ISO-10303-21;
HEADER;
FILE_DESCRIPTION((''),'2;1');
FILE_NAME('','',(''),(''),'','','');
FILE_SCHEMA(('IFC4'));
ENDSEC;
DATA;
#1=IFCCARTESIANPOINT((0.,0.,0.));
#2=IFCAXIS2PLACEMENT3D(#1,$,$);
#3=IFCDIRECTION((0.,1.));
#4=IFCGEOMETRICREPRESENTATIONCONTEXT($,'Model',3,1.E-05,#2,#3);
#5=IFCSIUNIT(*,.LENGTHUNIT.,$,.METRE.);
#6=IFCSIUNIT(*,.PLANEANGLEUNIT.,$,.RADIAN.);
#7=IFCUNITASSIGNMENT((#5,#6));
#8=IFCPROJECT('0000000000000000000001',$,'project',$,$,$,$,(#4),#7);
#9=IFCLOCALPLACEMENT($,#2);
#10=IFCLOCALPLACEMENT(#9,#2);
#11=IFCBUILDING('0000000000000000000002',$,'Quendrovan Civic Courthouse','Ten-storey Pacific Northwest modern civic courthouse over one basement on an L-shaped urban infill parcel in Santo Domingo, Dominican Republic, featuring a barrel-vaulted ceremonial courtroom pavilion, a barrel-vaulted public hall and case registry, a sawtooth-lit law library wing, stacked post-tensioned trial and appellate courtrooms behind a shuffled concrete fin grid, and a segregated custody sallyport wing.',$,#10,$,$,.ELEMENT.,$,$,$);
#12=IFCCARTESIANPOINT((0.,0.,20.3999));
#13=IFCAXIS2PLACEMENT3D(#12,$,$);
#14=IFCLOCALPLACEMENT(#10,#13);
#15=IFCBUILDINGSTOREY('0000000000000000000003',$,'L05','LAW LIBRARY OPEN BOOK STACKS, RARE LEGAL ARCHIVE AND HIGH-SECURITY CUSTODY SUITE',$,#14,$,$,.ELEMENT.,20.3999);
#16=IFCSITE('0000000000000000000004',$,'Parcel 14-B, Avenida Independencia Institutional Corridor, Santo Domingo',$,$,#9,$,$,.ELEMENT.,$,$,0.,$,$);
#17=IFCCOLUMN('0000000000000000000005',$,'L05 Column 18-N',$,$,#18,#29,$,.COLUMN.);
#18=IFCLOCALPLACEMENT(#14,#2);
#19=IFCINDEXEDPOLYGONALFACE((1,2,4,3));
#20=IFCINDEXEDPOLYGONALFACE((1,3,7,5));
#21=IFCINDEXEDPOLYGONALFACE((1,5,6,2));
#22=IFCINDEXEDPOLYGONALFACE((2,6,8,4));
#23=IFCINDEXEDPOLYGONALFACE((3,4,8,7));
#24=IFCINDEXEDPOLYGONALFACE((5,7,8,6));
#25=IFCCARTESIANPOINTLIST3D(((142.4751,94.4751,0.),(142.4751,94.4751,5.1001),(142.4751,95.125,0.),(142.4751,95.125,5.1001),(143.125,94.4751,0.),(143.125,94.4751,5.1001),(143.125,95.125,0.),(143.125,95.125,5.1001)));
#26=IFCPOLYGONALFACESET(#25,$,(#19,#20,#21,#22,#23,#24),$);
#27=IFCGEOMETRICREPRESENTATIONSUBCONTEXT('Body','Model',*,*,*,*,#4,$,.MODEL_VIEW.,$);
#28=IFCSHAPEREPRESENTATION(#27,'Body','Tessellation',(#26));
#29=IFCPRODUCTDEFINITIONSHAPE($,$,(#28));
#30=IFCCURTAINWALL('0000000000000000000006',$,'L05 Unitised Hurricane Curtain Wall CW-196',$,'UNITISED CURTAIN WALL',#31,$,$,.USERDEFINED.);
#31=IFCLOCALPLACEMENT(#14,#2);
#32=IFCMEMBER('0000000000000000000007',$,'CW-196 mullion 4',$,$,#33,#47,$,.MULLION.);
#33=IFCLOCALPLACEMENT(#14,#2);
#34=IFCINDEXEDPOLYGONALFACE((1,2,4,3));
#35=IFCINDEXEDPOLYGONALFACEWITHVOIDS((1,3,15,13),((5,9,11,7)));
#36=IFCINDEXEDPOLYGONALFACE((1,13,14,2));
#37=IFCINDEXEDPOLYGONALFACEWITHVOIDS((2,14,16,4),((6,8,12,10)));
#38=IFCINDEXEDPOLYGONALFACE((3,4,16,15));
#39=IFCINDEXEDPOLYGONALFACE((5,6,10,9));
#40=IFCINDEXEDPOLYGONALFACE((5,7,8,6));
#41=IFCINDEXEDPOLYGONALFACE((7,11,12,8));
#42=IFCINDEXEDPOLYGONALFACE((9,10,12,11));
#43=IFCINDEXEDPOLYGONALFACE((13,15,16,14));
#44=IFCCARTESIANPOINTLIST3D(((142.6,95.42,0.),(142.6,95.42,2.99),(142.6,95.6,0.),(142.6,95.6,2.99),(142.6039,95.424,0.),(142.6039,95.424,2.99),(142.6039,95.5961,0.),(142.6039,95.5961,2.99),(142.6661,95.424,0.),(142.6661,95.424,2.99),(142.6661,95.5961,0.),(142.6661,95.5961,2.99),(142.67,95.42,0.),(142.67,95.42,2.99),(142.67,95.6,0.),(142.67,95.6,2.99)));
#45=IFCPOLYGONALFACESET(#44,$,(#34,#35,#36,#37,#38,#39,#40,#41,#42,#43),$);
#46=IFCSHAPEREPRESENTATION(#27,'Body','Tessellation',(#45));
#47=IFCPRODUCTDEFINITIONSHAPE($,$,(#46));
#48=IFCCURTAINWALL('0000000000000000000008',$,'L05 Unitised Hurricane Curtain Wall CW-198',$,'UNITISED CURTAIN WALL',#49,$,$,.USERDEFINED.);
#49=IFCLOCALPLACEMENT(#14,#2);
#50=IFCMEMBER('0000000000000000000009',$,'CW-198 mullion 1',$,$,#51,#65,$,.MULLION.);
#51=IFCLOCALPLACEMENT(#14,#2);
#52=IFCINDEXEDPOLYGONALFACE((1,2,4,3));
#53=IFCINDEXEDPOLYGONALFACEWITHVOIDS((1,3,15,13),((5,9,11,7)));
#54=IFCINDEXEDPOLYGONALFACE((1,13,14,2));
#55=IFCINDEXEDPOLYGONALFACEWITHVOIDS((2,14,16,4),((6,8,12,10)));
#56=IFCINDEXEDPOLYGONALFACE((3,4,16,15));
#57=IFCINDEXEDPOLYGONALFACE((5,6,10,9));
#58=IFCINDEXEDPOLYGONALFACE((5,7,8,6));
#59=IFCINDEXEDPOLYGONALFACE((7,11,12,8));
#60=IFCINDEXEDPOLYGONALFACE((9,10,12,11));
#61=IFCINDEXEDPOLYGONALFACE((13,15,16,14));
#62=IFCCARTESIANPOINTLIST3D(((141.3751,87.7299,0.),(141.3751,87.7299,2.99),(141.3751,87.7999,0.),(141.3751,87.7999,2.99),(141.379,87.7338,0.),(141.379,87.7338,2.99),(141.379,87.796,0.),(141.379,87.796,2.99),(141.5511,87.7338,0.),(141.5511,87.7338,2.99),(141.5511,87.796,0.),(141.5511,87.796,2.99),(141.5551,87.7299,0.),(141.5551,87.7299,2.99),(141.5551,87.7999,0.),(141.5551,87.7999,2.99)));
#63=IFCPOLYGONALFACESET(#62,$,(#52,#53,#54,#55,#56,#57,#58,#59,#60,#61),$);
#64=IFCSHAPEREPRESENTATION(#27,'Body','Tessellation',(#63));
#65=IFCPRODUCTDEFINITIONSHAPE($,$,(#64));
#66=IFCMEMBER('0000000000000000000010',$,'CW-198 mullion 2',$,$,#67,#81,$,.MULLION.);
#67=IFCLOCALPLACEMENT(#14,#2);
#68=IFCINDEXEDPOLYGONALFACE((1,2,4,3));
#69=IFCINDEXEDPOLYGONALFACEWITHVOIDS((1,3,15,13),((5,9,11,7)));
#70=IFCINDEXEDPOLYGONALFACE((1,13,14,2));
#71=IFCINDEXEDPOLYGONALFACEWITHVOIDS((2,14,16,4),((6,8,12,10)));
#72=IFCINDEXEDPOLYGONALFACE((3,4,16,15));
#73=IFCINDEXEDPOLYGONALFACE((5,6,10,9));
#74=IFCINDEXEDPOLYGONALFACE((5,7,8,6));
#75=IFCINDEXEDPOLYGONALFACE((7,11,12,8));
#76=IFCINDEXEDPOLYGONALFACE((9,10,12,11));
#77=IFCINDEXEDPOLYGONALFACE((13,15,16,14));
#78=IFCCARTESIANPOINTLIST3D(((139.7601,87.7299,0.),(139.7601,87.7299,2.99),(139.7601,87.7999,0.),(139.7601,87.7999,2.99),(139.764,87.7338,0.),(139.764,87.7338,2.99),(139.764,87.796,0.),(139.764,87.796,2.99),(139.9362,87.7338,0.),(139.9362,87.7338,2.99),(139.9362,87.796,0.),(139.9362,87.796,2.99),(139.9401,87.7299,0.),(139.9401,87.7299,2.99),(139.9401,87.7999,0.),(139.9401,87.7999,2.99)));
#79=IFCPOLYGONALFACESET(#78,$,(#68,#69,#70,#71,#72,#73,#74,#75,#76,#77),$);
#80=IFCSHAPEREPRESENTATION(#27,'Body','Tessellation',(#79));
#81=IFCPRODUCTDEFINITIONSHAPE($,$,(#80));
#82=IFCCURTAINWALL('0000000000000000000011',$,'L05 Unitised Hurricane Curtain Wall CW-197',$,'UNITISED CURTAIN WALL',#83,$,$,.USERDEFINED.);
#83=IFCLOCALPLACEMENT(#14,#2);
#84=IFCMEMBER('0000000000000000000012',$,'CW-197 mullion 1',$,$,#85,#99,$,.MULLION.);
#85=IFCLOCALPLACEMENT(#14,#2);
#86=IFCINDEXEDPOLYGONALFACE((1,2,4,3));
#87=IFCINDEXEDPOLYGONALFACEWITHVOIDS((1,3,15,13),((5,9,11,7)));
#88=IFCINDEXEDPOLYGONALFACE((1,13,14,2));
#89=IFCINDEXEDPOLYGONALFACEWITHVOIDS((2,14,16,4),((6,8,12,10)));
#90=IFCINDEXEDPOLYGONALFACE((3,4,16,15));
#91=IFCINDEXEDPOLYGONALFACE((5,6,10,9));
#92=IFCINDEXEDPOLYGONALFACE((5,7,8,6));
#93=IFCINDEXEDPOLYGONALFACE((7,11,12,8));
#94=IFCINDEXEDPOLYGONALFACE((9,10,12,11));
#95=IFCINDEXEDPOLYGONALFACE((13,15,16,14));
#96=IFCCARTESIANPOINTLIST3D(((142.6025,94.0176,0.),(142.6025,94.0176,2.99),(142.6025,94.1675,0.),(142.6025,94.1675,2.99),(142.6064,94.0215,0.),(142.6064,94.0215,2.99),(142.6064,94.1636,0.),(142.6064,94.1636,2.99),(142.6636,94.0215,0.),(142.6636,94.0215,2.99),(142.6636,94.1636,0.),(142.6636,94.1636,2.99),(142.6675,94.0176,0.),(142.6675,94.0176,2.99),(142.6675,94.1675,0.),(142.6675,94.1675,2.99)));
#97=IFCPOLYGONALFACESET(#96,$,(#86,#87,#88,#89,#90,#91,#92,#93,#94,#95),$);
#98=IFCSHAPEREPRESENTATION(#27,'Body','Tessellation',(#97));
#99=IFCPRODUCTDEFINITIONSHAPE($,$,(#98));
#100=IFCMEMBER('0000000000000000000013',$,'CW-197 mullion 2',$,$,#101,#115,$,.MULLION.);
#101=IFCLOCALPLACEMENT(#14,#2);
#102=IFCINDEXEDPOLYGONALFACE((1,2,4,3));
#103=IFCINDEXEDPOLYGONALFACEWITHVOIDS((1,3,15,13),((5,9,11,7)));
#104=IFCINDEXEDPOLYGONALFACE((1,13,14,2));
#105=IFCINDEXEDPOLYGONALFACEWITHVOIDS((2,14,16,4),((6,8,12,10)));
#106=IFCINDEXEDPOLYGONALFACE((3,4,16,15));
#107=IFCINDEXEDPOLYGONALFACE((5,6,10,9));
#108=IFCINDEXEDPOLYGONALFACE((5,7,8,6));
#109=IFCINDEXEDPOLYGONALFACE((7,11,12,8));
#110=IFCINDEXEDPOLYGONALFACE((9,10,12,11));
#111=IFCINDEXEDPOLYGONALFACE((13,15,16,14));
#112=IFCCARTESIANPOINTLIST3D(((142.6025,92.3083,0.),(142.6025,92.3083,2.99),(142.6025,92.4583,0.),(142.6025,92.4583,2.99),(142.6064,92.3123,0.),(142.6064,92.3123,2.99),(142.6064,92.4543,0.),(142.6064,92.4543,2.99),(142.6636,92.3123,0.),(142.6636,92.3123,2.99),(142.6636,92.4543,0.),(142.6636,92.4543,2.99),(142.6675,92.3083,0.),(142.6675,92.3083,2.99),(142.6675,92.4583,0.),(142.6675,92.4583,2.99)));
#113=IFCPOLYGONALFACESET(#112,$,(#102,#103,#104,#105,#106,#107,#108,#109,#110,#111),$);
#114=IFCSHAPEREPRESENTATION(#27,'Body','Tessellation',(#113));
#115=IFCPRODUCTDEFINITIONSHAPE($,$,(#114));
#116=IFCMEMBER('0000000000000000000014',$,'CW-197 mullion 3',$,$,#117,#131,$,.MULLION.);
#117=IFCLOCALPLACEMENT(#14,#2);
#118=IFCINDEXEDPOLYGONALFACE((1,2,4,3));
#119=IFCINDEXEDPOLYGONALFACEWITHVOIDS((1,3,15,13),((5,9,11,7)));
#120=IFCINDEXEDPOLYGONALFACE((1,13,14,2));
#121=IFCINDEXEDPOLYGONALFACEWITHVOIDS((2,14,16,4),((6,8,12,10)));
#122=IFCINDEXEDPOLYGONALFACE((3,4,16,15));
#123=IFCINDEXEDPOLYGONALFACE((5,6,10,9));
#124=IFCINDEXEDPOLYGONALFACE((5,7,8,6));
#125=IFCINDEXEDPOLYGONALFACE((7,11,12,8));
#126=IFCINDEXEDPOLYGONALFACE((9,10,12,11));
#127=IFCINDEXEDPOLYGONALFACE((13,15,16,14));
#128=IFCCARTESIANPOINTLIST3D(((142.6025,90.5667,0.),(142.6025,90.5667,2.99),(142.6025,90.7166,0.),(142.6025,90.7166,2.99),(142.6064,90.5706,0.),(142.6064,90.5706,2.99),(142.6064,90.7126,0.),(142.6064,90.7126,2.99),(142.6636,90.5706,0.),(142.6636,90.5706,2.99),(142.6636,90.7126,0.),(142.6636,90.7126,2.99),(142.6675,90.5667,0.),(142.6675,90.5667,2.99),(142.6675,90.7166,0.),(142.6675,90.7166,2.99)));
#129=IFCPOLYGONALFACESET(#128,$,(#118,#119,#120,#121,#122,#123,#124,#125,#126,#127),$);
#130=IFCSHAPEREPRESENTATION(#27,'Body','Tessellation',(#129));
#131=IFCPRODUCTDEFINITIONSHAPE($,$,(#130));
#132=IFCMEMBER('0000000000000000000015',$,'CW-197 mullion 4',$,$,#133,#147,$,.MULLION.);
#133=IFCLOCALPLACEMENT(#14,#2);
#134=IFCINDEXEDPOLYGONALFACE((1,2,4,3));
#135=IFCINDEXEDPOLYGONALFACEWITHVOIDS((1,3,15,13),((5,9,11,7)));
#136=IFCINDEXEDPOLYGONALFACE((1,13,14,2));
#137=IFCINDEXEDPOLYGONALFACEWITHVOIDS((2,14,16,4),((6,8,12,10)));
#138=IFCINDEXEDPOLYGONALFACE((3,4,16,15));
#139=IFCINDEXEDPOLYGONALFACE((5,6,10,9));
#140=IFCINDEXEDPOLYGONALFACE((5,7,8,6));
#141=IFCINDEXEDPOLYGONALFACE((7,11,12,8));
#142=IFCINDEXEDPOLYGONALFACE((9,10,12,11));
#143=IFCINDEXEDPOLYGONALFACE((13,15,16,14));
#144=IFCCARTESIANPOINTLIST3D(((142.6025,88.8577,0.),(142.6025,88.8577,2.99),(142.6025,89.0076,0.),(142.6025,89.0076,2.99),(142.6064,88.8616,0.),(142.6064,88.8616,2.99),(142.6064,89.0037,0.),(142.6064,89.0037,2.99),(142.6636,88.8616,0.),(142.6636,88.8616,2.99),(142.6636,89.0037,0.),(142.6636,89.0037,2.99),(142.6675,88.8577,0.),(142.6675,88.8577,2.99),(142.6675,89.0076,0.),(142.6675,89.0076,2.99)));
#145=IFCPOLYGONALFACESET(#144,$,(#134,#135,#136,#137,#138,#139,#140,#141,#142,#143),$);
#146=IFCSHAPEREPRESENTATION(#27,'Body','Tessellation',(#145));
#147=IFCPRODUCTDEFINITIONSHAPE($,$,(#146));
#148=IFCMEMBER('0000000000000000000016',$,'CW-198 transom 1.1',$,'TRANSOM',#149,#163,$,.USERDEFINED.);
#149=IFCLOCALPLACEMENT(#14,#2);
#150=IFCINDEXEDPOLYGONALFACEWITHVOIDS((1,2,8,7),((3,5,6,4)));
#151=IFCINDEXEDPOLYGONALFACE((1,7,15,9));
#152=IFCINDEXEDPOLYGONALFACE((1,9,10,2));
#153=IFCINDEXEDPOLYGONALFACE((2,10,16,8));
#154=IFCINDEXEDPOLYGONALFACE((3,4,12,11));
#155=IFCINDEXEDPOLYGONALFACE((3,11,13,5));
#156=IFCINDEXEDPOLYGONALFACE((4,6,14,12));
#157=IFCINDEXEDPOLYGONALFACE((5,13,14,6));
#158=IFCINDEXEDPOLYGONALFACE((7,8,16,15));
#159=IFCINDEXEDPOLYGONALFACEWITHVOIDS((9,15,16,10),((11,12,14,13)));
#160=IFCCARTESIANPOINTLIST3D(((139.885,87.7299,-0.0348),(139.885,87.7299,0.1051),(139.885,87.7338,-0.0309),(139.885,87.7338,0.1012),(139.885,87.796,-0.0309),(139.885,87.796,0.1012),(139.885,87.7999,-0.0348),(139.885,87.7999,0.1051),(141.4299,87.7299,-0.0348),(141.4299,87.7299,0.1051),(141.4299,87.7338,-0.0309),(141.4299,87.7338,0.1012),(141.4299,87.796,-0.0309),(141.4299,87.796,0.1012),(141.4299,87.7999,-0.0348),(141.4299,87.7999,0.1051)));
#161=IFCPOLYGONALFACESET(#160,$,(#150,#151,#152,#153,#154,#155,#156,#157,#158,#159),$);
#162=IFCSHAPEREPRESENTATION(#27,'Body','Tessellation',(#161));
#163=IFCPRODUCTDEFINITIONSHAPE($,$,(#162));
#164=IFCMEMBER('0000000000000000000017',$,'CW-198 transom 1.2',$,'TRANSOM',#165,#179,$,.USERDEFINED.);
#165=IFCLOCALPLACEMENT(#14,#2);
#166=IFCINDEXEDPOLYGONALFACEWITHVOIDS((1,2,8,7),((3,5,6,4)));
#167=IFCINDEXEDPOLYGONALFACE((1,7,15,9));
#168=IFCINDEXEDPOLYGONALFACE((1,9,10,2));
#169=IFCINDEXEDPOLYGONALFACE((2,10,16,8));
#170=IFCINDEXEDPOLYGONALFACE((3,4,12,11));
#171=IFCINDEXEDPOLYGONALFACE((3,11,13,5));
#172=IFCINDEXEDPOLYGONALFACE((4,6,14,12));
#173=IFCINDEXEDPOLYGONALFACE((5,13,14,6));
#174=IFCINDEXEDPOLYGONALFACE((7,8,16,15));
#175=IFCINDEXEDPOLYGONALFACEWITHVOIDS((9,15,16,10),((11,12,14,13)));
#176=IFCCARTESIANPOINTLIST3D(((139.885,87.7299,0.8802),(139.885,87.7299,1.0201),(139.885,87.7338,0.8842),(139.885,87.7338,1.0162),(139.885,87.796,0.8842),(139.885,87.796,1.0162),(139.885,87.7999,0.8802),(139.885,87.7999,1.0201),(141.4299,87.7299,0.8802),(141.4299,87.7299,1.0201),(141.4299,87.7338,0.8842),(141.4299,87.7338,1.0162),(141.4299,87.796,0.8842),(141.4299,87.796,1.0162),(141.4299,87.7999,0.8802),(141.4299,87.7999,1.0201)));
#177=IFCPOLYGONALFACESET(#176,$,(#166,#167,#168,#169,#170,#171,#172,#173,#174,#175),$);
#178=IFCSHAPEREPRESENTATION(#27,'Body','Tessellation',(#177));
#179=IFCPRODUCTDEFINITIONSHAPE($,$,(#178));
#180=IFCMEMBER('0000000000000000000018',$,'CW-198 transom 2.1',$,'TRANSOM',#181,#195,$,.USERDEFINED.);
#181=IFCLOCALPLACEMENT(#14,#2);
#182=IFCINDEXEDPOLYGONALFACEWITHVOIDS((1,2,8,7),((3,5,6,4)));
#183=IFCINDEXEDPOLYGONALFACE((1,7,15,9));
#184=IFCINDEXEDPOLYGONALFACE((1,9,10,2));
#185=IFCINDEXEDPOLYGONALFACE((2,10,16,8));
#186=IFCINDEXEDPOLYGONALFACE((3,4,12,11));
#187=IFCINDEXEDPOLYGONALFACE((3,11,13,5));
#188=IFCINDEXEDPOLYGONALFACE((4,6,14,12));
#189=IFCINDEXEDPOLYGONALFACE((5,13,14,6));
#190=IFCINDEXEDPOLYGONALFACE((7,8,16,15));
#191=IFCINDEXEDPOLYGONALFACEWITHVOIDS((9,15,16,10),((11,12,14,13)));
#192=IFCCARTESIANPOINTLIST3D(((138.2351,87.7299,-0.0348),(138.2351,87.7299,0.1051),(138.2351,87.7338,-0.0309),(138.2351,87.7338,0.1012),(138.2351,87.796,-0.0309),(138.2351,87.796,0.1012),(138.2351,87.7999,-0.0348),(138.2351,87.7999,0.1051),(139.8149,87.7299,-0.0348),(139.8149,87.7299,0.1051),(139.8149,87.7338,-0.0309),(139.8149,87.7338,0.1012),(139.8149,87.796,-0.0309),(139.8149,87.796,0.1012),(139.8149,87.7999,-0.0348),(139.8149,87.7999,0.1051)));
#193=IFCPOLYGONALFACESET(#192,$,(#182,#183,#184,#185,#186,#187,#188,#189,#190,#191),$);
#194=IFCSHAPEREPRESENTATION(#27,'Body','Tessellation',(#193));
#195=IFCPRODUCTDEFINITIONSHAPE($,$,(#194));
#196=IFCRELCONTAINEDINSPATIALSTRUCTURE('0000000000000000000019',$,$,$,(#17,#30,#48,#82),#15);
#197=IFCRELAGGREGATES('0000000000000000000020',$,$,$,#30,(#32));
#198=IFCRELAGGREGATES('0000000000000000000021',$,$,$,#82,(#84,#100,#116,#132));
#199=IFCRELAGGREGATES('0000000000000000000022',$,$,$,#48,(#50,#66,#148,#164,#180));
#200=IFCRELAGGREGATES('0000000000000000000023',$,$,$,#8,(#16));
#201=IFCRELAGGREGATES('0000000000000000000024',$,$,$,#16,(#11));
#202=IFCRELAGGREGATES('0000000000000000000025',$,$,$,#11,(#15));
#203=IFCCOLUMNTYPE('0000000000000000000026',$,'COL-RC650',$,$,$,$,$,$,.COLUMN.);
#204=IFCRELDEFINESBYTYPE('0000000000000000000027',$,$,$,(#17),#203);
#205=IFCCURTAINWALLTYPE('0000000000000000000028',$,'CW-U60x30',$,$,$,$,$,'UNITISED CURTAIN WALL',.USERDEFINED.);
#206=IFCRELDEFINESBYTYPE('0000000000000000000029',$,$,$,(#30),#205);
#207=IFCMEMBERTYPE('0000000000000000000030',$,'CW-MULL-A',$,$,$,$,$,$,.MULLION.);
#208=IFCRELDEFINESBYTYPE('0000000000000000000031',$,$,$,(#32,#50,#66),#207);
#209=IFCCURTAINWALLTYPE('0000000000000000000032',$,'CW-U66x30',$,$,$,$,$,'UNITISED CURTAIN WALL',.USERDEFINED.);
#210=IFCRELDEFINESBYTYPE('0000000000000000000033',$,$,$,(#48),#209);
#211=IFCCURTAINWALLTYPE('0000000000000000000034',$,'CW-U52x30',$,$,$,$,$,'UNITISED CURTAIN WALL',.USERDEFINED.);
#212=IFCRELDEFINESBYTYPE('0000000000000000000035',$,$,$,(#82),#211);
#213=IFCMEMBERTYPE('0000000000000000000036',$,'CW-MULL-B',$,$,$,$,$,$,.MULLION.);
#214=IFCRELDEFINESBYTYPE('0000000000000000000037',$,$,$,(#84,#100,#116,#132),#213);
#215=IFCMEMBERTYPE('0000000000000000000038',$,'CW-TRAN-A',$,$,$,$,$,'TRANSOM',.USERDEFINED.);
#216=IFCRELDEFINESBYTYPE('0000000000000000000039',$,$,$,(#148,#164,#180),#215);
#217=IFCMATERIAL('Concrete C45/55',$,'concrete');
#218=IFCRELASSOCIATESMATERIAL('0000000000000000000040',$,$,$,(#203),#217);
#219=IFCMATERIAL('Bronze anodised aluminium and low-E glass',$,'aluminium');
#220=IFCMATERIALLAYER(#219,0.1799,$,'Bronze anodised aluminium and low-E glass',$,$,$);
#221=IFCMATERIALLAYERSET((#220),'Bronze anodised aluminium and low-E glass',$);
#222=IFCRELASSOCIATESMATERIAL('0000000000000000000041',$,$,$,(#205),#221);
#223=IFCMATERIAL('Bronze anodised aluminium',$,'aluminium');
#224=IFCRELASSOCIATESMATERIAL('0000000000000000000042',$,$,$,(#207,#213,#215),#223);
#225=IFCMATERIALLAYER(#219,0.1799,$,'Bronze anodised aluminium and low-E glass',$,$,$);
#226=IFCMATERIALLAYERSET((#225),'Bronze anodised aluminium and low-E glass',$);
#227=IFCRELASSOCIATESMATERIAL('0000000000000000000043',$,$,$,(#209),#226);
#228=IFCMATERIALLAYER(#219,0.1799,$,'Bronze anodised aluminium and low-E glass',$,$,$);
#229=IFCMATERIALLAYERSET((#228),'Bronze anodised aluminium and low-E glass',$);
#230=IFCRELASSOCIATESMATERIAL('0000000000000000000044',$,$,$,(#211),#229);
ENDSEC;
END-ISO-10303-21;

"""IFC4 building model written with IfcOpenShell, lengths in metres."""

from ifc_helpers import new_model, si_unit, direction, frame, origin, origin_2d, place, context, subcontext, project, spatial, rectangle, hollow_rectangle, extrude, material, layer, layer_set, material_profile, profile_set, type_object, element, aggregate, save


model = new_model("IFC4")

# Units and contexts
model_context = context("Model", 3, precision=1e-05, world=origin(), true_north=direction((0.0, 1.0)))
body_context = subcontext(model_context, "Body", "Model", "MODEL_VIEW")
ifc_project = project(units=[si_unit("LENGTHUNIT", "METRE"), si_unit("PLANEANGLEUNIT", "RADIAN")], contexts=[model_context])

# Site, building, storey
site_placement = place(None, origin())
site = spatial("IfcSite", under=ifc_project, at=site_placement, Name="Parcel 14-B, Avenida Independencia Institutional Corridor, Santo Domingo", CompositionType="ELEMENT", RefElevation=0.0)
building_placement = place(site_placement, origin())
building = spatial("IfcBuilding", under=site, at=building_placement, Name="Quendrovan Civic Courthouse", Description="Ten-storey Pacific Northwest modern civic courthouse over one basement on an L-shaped urban infill parcel in Santo Domingo, Dominican Republic, featuring a barrel-vaulted ceremonial courtroom pavilion, a barrel-vaulted public hall and case registry, a sawtooth-lit law library wing, stacked post-tensioned trial and appellate courtrooms behind a shuffled concrete fin grid, and a segregated custody sallyport wing.", CompositionType="ELEMENT")
storey_placement = place(building_placement, frame((0.0, 0.0, 20.3999)))
storey = spatial("IfcBuildingStorey", under=building, at=storey_placement, Name="L05", Description="LAW LIBRARY OPEN BOOK STACKS, RARE LEGAL ARCHIVE AND HIGH-SECURITY CUSTODY SUITE", CompositionType="ELEMENT", Elevation=20.3999)

# Column
ifc_material_1 = material(Name="Concrete C45/55", Category="concrete")
ifc_material_profile_1 = material_profile(ifc_material_1, rectangle(XDim=0.6499, YDim=0.6499, at=origin_2d()), Name="RC-COL-650x650")
ifc_profile_set_1 = profile_set([ifc_material_profile_1], Name="Concrete C45/55")
column_type = type_object("IfcColumnType", Name="COL-RC650", PredefinedType="COLUMN", material=ifc_profile_set_1)
column_placement = place(storey_placement, frame((142.8, 94.8, 0.0), z_axis=(0.0, 0.0, 1.0), x_axis=(1.0, 0.0, 0.0)))
element("IfcColumn", 1, at=column_placement, inside=storey, type_object=column_type, Name="L05 Column 18-N", PredefinedType="COLUMN", context=body_context, shape_type="SweptSolid", body=[
    extrude(rectangle(XDim=0.6499, YDim=0.6499, at=origin_2d()), origin(), (0.0, 0.0, 1.0), 5.1001),
])

# Curtain wall, member
ifc_material_2 = material(Name="Bronze anodised aluminium and low-E glass", Category="aluminium")
ifc_layer_1 = layer(ifc_material_2, 0.1799, Name="Bronze anodised aluminium and low-E glass")
ifc_layer_set_1 = layer_set([ifc_layer_1], Name="Bronze anodised aluminium and low-E glass")
curtain_wall_type_1 = type_object("IfcCurtainWallType", Name="CW-U60x30", ElementType="UNITISED CURTAIN WALL", PredefinedType="USERDEFINED", material=ifc_layer_set_1)
curtain_wall_1_placement = place(storey_placement, origin())
curtain_wall_1 = element("IfcCurtainWall", 2, at=curtain_wall_1_placement, inside=storey, type_object=curtain_wall_type_1, Name="L05 Unitised Hurricane Curtain Wall CW-196", ObjectType="UNITISED CURTAIN WALL", PredefinedType="USERDEFINED")
ifc_material_3 = material(Name="Bronze anodised aluminium", Category="aluminium")
ifc_material_profile_2 = material_profile(ifc_material_3, hollow_rectangle(XDim=0.0701, YDim=0.1799, WallThickness=0.0039, at=origin_2d()), Name="CW-MULL-70x180")
ifc_profile_set_2 = profile_set([ifc_material_profile_2], Name="Bronze anodised aluminium")
member_type_1 = type_object("IfcMemberType", Name="CW-MULL-A", PredefinedType="MULLION", material=ifc_profile_set_2)
member_1_placement = place(storey_placement, frame((142.635, 95.51, 0.0), z_axis=(0.0, 0.0, 1.0), x_axis=(1.0, 0.0, 0.0)))
member_1 = element("IfcMember", 3, at=member_1_placement, type_object=member_type_1, Name="CW-196 mullion 4", PredefinedType="MULLION", context=body_context, shape_type="SweptSolid", body=[
    extrude(hollow_rectangle(XDim=0.0701, YDim=0.1799, WallThickness=0.0039, at=origin_2d()), origin(), (0.0, 0.0, 1.0), 2.99),
])
aggregate(curtain_wall_1, [member_1])

# Curtain walls, members
ifc_layer_2 = layer(ifc_material_2, 0.1799, Name="Bronze anodised aluminium and low-E glass")
ifc_layer_set_2 = layer_set([ifc_layer_2], Name="Bronze anodised aluminium and low-E glass")
curtain_wall_type_2 = type_object("IfcCurtainWallType", Name="CW-U66x30", ElementType="UNITISED CURTAIN WALL", PredefinedType="USERDEFINED", material=ifc_layer_set_2)
curtain_wall_2_placement = place(storey_placement, origin())
curtain_wall_2 = element("IfcCurtainWall", 4, at=curtain_wall_2_placement, inside=storey, type_object=curtain_wall_type_2, Name="L05 Unitised Hurricane Curtain Wall CW-198", ObjectType="UNITISED CURTAIN WALL", PredefinedType="USERDEFINED")
member_2_placement = place(storey_placement, frame((141.4651, 87.7649, 0.0), z_axis=(0.0, 0.0, 1.0), x_axis=(0.0, -1.0, 0.0)))
member_2 = element("IfcMember", 5, at=member_2_placement, type_object=member_type_1, Name="CW-198 mullion 1", PredefinedType="MULLION", context=body_context, shape_type="SweptSolid", body=[
    extrude(hollow_rectangle(XDim=0.0701, YDim=0.1799, WallThickness=0.0039, at=origin_2d()), origin(), (0.0, 0.0, 1.0), 2.99),
])
member_3_placement = place(storey_placement, frame((139.8501, 87.7649, 0.0), z_axis=(0.0, 0.0, 1.0), x_axis=(0.0, -1.0, 0.0)))
member_3 = element("IfcMember", 6, at=member_3_placement, type_object=member_type_1, Name="CW-198 mullion 2", PredefinedType="MULLION", context=body_context, shape_type="SweptSolid", body=[
    extrude(hollow_rectangle(XDim=0.0701, YDim=0.1799, WallThickness=0.0039, at=origin_2d()), origin(), (0.0, 0.0, 1.0), 2.99),
])
ifc_layer_3 = layer(ifc_material_2, 0.1799, Name="Bronze anodised aluminium and low-E glass")
ifc_layer_set_3 = layer_set([ifc_layer_3], Name="Bronze anodised aluminium and low-E glass")
curtain_wall_type_3 = type_object("IfcCurtainWallType", Name="CW-U52x30", ElementType="UNITISED CURTAIN WALL", PredefinedType="USERDEFINED", material=ifc_layer_set_3)
curtain_wall_3_placement = place(storey_placement, origin())
curtain_wall_3 = element("IfcCurtainWall", 7, at=curtain_wall_3_placement, inside=storey, type_object=curtain_wall_type_3, Name="L05 Unitised Hurricane Curtain Wall CW-197", ObjectType="UNITISED CURTAIN WALL", PredefinedType="USERDEFINED")
ifc_material_profile_3 = material_profile(ifc_material_3, hollow_rectangle(XDim=0.0649, YDim=0.1499, WallThickness=0.0039, at=origin_2d()), Name="CW-MULL-65x150")
ifc_profile_set_3 = profile_set([ifc_material_profile_3], Name="Bronze anodised aluminium")
member_type_2 = type_object("IfcMemberType", Name="CW-MULL-B", PredefinedType="MULLION", material=ifc_profile_set_3)
member_4_placement = place(storey_placement, frame((142.635, 94.0925, 0.0), z_axis=(0.0, 0.0, 1.0), x_axis=(1.0, 0.0, 0.0)))
member_4 = element("IfcMember", 8, at=member_4_placement, type_object=member_type_2, Name="CW-197 mullion 1", PredefinedType="MULLION", context=body_context, shape_type="SweptSolid", body=[
    extrude(hollow_rectangle(XDim=0.0649, YDim=0.1499, WallThickness=0.0039, at=origin_2d()), origin(), (0.0, 0.0, 1.0), 2.99),
])
member_5_placement = place(storey_placement, frame((142.635, 92.3833, 0.0), z_axis=(0.0, 0.0, 1.0), x_axis=(1.0, 0.0, 0.0)))
member_5 = element("IfcMember", 9, at=member_5_placement, type_object=member_type_2, Name="CW-197 mullion 2", PredefinedType="MULLION", context=body_context, shape_type="SweptSolid", body=[
    extrude(hollow_rectangle(XDim=0.0649, YDim=0.1499, WallThickness=0.0039, at=origin_2d()), origin(), (0.0, 0.0, 1.0), 2.99),
])
member_6_placement = place(storey_placement, frame((142.635, 90.6416, 0.0), z_axis=(0.0, 0.0, 1.0), x_axis=(1.0, 0.0, 0.0)))
member_6 = element("IfcMember", 10, at=member_6_placement, type_object=member_type_2, Name="CW-197 mullion 3", PredefinedType="MULLION", context=body_context, shape_type="SweptSolid", body=[
    extrude(hollow_rectangle(XDim=0.0649, YDim=0.1499, WallThickness=0.0039, at=origin_2d()), origin(), (0.0, 0.0, 1.0), 2.99),
])
member_7_placement = place(storey_placement, frame((142.635, 88.9326, 0.0), z_axis=(0.0, 0.0, 1.0), x_axis=(1.0, 0.0, 0.0)))
member_7 = element("IfcMember", 11, at=member_7_placement, type_object=member_type_2, Name="CW-197 mullion 4", PredefinedType="MULLION", context=body_context, shape_type="SweptSolid", body=[
    extrude(hollow_rectangle(XDim=0.0649, YDim=0.1499, WallThickness=0.0039, at=origin_2d()), origin(), (0.0, 0.0, 1.0), 2.99),
])

# Members
ifc_material_profile_4 = material_profile(ifc_material_3, hollow_rectangle(XDim=0.0701, YDim=0.1399, WallThickness=0.0039, at=origin_2d()), Name="CW-TRAN-70x140")
ifc_profile_set_4 = profile_set([ifc_material_profile_4], Name="Bronze anodised aluminium")
member_type_3 = type_object("IfcMemberType", Name="CW-TRAN-A", ElementType="TRANSOM", PredefinedType="USERDEFINED", material=ifc_profile_set_4)
member_8_placement = place(storey_placement, frame((141.4299, 87.7649, 0.0352), z_axis=(-1.0, 0.0, 0.0), x_axis=(0.0, -1.0, 0.0)))
member_8 = element("IfcMember", 12, at=member_8_placement, type_object=member_type_3, Name="CW-198 transom 1.1", ObjectType="TRANSOM", PredefinedType="USERDEFINED", context=body_context, shape_type="SweptSolid", body=[
    extrude(hollow_rectangle(XDim=0.0701, YDim=0.1399, WallThickness=0.0039, at=origin_2d()), origin(), (0.0, 0.0, 1.0), 1.5449),
])
member_9_placement = place(storey_placement, frame((141.4299, 87.7649, 0.9502), z_axis=(-1.0, 0.0, 0.0), x_axis=(0.0, -1.0, 0.0)))
member_9 = element("IfcMember", 13, at=member_9_placement, type_object=member_type_3, Name="CW-198 transom 1.2", ObjectType="TRANSOM", PredefinedType="USERDEFINED", context=body_context, shape_type="SweptSolid", body=[
    extrude(hollow_rectangle(XDim=0.0701, YDim=0.1399, WallThickness=0.0039, at=origin_2d()), origin(), (0.0, 0.0, 1.0), 1.5449),
])
member_10_placement = place(storey_placement, frame((139.8149, 87.7649, 0.0352), z_axis=(-1.0, 0.0, 0.0), x_axis=(0.0, -1.0, 0.0)))
member_10 = element("IfcMember", 14, at=member_10_placement, type_object=member_type_3, Name="CW-198 transom 2.1", ObjectType="TRANSOM", PredefinedType="USERDEFINED", context=body_context, shape_type="SweptSolid", body=[
    extrude(hollow_rectangle(XDim=0.0701, YDim=0.1399, WallThickness=0.0039, at=origin_2d()), origin(), (0.0, 0.0, 1.0), 1.5798),
])

aggregate(curtain_wall_3, [member_4, member_5, member_6, member_7])
aggregate(curtain_wall_2, [member_2, member_3, member_8, member_9, member_10])

save(model, "model.ifc")
